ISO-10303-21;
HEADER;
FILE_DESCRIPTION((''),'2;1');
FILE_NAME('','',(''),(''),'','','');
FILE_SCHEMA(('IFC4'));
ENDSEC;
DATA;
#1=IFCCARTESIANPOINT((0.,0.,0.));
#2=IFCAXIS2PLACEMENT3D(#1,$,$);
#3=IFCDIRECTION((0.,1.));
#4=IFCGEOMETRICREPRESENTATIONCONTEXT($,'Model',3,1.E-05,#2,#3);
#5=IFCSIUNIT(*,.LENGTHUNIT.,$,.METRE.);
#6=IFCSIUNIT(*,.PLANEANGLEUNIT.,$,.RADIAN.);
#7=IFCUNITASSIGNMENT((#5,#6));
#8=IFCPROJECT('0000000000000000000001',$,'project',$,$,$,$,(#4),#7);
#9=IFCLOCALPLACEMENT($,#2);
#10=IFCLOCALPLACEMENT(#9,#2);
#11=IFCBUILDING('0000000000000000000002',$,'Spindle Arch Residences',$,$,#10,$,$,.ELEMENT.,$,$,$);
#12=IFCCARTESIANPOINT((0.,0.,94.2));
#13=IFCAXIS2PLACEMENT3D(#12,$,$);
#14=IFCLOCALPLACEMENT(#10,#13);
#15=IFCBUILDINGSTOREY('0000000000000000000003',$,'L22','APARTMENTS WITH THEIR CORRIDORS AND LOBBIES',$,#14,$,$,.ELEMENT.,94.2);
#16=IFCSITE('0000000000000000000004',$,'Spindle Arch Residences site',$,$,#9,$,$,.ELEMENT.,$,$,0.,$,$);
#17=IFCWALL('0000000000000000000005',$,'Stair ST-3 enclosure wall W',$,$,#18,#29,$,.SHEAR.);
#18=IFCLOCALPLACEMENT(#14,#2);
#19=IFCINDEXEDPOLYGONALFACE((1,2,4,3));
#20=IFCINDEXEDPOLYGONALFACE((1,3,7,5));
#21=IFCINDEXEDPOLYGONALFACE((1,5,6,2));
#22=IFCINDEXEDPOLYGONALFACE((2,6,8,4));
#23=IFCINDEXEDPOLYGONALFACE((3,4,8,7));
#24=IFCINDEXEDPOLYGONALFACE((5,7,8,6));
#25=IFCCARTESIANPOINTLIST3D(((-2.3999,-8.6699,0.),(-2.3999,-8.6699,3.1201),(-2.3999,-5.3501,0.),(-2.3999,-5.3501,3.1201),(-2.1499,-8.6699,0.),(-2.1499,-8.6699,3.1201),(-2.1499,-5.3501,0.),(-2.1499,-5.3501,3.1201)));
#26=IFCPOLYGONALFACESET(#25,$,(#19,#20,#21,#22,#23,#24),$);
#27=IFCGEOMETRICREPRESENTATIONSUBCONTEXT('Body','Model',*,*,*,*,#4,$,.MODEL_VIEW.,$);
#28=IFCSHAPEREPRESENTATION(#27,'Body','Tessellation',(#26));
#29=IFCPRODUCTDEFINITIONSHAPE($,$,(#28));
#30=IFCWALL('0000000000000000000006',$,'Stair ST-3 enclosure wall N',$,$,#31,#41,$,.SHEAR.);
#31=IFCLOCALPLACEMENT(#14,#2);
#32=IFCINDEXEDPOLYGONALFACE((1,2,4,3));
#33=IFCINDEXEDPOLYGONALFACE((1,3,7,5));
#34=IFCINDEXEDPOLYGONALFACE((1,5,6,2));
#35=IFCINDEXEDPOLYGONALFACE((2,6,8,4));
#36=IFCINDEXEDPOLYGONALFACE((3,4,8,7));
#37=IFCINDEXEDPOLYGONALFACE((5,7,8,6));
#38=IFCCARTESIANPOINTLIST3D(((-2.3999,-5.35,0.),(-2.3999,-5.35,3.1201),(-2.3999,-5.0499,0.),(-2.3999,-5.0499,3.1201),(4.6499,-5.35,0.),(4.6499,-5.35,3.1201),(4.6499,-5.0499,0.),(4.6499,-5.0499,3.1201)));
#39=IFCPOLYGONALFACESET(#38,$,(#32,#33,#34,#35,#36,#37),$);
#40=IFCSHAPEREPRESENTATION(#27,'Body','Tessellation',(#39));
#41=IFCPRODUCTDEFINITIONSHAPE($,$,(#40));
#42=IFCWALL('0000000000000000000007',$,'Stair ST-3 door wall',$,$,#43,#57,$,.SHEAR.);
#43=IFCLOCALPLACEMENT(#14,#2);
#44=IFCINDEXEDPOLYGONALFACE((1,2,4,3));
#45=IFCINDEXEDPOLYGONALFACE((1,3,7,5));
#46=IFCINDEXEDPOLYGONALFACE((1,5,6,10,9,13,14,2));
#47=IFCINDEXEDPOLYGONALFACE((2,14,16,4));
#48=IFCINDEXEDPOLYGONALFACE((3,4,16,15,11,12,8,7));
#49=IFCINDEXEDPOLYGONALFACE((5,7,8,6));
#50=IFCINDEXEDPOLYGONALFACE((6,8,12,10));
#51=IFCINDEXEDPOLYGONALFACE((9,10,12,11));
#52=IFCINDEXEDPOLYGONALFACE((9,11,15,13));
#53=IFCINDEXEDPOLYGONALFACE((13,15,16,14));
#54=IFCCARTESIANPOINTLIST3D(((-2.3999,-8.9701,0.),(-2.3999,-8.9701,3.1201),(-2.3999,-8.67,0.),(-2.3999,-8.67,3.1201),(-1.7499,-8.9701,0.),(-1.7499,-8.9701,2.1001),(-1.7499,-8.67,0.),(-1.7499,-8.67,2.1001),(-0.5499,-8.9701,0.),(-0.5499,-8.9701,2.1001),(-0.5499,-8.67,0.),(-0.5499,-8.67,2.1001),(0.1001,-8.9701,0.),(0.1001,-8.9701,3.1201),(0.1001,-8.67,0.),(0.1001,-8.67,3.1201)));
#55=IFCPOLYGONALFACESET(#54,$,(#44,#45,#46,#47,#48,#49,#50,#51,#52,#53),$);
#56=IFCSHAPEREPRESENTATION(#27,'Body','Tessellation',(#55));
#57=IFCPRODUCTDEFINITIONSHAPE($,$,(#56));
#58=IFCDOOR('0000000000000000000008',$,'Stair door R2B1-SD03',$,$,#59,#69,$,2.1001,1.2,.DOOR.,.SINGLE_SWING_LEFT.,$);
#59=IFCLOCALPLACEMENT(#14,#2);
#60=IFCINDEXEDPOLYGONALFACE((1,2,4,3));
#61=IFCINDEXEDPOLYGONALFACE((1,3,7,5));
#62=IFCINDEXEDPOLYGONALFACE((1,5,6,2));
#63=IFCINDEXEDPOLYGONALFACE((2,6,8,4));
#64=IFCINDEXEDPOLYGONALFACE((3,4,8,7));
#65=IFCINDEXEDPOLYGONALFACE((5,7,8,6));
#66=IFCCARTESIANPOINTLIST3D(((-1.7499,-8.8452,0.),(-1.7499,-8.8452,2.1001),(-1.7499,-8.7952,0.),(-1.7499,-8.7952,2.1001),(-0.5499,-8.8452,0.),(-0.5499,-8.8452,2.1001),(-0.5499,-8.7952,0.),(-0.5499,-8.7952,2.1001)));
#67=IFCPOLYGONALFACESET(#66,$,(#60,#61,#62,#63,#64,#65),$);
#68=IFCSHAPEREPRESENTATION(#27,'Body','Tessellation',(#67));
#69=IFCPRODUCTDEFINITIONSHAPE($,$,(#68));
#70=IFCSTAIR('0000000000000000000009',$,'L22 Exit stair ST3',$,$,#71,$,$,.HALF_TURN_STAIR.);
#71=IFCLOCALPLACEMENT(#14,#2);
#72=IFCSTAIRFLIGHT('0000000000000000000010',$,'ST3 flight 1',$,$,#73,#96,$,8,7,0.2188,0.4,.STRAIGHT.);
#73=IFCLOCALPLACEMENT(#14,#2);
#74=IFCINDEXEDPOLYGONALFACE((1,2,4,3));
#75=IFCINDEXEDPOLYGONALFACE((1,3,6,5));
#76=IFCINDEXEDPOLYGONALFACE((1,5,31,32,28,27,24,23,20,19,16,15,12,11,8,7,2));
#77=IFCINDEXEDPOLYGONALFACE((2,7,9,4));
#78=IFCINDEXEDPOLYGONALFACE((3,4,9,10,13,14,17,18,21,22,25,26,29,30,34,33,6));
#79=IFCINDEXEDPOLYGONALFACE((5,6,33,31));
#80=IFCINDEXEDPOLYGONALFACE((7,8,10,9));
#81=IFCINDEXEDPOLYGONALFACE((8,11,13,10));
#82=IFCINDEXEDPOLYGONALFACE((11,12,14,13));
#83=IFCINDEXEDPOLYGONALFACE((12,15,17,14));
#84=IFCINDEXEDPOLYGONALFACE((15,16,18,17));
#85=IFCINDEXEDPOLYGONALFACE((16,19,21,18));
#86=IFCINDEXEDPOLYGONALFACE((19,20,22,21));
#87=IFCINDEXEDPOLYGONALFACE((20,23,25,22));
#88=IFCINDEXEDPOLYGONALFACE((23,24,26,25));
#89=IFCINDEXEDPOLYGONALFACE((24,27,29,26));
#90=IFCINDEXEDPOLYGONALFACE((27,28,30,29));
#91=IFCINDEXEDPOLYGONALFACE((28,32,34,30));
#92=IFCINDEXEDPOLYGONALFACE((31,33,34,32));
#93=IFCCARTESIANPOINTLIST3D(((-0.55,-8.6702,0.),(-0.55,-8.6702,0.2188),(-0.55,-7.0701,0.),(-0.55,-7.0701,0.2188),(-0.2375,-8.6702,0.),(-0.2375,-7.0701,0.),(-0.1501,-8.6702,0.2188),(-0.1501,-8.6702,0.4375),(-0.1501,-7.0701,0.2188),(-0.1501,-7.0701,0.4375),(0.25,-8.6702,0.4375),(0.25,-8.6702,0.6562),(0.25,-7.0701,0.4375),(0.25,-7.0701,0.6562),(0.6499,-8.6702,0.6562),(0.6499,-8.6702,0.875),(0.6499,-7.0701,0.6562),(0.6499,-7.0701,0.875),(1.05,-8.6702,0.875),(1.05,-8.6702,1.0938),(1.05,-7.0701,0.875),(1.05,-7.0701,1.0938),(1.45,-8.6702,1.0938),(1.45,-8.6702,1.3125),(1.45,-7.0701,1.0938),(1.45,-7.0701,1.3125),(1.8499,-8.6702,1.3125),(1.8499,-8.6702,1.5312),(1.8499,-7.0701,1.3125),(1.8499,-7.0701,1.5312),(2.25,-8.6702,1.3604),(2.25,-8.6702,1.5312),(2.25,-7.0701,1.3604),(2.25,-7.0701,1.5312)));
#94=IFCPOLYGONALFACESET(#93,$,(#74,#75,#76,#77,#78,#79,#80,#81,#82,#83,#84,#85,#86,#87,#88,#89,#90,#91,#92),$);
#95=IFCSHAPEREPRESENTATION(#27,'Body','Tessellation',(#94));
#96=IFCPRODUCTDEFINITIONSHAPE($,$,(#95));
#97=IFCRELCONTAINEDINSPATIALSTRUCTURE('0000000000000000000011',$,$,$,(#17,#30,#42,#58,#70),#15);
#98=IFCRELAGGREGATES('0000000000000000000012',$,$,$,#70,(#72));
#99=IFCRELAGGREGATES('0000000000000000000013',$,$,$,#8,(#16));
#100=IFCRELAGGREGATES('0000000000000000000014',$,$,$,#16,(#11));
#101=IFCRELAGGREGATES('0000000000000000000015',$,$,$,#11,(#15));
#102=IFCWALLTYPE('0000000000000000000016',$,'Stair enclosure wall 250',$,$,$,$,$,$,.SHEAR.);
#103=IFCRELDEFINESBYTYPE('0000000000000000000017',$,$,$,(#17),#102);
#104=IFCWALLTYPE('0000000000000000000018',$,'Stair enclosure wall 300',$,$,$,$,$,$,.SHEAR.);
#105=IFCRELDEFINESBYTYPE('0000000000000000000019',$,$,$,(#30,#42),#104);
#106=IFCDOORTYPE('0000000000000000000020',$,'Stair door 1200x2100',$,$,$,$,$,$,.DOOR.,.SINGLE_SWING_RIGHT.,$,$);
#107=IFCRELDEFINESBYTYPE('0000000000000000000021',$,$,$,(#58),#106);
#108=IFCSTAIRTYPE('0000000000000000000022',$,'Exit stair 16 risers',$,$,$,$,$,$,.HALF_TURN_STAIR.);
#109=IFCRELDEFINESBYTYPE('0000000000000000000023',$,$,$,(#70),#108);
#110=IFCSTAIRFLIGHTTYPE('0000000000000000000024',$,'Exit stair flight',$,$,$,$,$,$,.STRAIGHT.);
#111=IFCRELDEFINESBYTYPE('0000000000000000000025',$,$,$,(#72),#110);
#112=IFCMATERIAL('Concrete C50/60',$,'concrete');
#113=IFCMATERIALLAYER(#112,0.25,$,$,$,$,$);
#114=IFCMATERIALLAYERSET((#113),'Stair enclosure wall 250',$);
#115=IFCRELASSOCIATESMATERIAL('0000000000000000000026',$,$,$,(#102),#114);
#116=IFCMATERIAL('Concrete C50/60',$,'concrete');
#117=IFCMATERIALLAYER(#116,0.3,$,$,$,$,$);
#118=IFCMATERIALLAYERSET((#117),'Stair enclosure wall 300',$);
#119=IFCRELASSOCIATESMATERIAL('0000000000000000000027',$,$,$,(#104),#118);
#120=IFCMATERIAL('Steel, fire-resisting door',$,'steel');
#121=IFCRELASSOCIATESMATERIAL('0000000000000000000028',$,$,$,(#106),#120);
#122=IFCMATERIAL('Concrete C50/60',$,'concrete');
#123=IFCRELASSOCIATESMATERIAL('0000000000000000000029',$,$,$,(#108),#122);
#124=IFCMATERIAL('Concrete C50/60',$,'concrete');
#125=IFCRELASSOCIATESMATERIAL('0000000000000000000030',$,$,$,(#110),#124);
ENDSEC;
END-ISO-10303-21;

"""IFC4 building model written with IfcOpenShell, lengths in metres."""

from ifc_helpers import new_model, si_unit, direction, frame, frame_2d, origin, place, context, subcontext, project, spatial, polyline, rectangle, outline, extrude, material, layer, layer_set, type_object, element, fill, aggregate, save


model = new_model("IFC4")

# Units and contexts
model_context = context("Model", 3, precision=1e-05, world=origin(), true_north=direction((0.0, 1.0)))
body_context = subcontext(model_context, "Body", "Model", "MODEL_VIEW")
ifc_project = project(units=[si_unit("LENGTHUNIT", "METRE"), si_unit("PLANEANGLEUNIT", "RADIAN")], contexts=[model_context])

# Site, building, storey
site_placement = place(None, origin())
site = spatial("IfcSite", under=ifc_project, at=site_placement, Name="Spindle Arch Residences site", CompositionType="ELEMENT", RefElevation=0.0)
building_placement = place(site_placement, origin())
building = spatial("IfcBuilding", under=site, at=building_placement, Name="Spindle Arch Residences", CompositionType="ELEMENT")
storey_placement = place(building_placement, frame((0.0, 0.0, 94.2)))
storey = spatial("IfcBuildingStorey", under=building, at=storey_placement, Name="L22", Description="APARTMENTS WITH THEIR CORRIDORS AND LOBBIES", CompositionType="ELEMENT", Elevation=94.2)

# Walls
ifc_material_1 = material(Name="Concrete C50/60", Category="concrete")
ifc_layer_1 = layer(ifc_material_1, 0.25)
ifc_layer_set_1 = layer_set([ifc_layer_1], Name="Stair enclosure wall 250")
wall_type_1 = type_object("IfcWallType", Name="Stair enclosure wall 250", PredefinedType="SHEAR", material=ifc_layer_set_1)
wall_1_placement = place(storey_placement, frame((-2.2749, -8.6699, 0.0), z_axis=(0.0, 0.0, 1.0), x_axis=(0.0, 1.0, 0.0)))
element("IfcWall", 1, at=wall_1_placement, inside=storey, type_object=wall_type_1, Name="Stair ST-3 enclosure wall W", PredefinedType="SHEAR", context=body_context, shape_type="SweptSolid", body=[
    extrude(rectangle(XDim=3.3198, YDim=0.25, at=frame_2d((1.6599, 0.0))), origin(), (0.0, 0.0, 1.0), 3.1201),
])
ifc_material_2 = material(Name="Concrete C50/60", Category="concrete")
ifc_layer_2 = layer(ifc_material_2, 0.3)
ifc_layer_set_2 = layer_set([ifc_layer_2], Name="Stair enclosure wall 300")
wall_type_2 = type_object("IfcWallType", Name="Stair enclosure wall 300", PredefinedType="SHEAR", material=ifc_layer_set_2)
wall_2_placement = place(storey_placement, frame((-2.3999, -5.2, 0.0), z_axis=(0.0, 0.0, 1.0), x_axis=(1.0, 0.0, 0.0)))
element("IfcWall", 2, at=wall_2_placement, inside=storey, type_object=wall_type_2, Name="Stair ST-3 enclosure wall N", PredefinedType="SHEAR", context=body_context, shape_type="SweptSolid", body=[
    extrude(rectangle(XDim=7.0498, YDim=0.3, at=frame_2d((3.5249, 0.0))), origin(), (0.0, 0.0, 1.0), 3.1201),
])

# Wall, opening, door
wall_3_placement = place(storey_placement, frame((-2.3999, -8.8201, 0.0), z_axis=(0.0, 0.0, 1.0), x_axis=(1.0, 0.0, 0.0)))
wall_3 = element("IfcWall", 3, at=wall_3_placement, inside=storey, type_object=wall_type_2, Name="Stair ST-3 door wall", PredefinedType="SHEAR", context=body_context, shape_type="SweptSolid", body=[
    extrude(rectangle(XDim=2.5, YDim=0.3, at=frame_2d((1.25, 0.0))), origin(), (0.0, 0.0, 1.0), 3.1201),
])
opening_1_placement = place(wall_3_placement, frame((0.6499, 0.0, 0.0)))
opening_1 = element("IfcOpeningElement", 4, at=opening_1_placement, cuts=wall_3, PredefinedType="OPENING", context=body_context, shape_type="SweptSolid", body=[
    extrude(rectangle(XDim=1.2, YDim=2.1001, at=frame_2d((0.6001, 1.05))), frame((0.0, 0.1602, 0.0), z_axis=(0.0, -1.0, 0.0), x_axis=(1.0, 0.0, 0.0)), (0.0, 0.0, 1.0), 0.3201),
])
ifc_material_3 = material(Name="Steel, fire-resisting door", Category="steel")
door_type_1 = type_object("IfcDoorType", Name="Stair door 1200x2100", OperationType="SINGLE_SWING_RIGHT", PredefinedType="DOOR", material=ifc_material_3)
door_1_placement = place(opening_1_placement, origin())
door_1 = element("IfcDoor", 5, at=door_1_placement, inside=storey, type_object=door_type_1, Name="Stair door R2B1-SD03", OperationType="SINGLE_SWING_LEFT", OverallHeight=2.1001, OverallWidth=1.2, PredefinedType="DOOR", context=body_context, shape_type="SweptSolid", body=[
    extrude(rectangle(XDim=1.2, YDim=2.1001, at=frame_2d((0.6001, 1.05))), frame((0.0, 0.0249, 0.0), z_axis=(0.0, -1.0, 0.0), x_axis=(1.0, 0.0, 0.0)), (0.0, 0.0, 1.0), 0.05),
])
fill(opening_1, door_1)

# Stair, stair flight
ifc_material_4 = material(Name="Concrete C50/60", Category="concrete")
stair_type = type_object("IfcStairType", Name="Exit stair 16 risers", PredefinedType="HALF_TURN_STAIR", material=ifc_material_4)
stair_placement = place(storey_placement, origin())
stair = element("IfcStair", 6, at=stair_placement, inside=storey, type_object=stair_type, Name="L22 Exit stair ST3", PredefinedType="HALF_TURN_STAIR")
ifc_material_5 = material(Name="Concrete C50/60", Category="concrete")
stair_flight_type = type_object("IfcStairFlightType", Name="Exit stair flight", PredefinedType="STRAIGHT", material=ifc_material_5)
stair_flight_placement = place(storey_placement, frame((-0.55, -7.8701, 0.0), z_axis=(0.0, 0.0, 1.0), x_axis=(1.0, 0.0, 0.0)))
stair_flight = element("IfcStairFlight", 7, at=stair_flight_placement, type_object=stair_flight_type, Name="ST3 flight 1", NumberOfRisers=8, NumberOfTreads=7, PredefinedType="STRAIGHT", RiserHeight=0.2188, TreadLength=0.4, context=body_context, shape_type="SweptSolid", body=[
    extrude(outline(polyline([(0.0, 0.0), (0.0, 0.2188), (0.3999, 0.2188), (0.3999, 0.4375), (0.8, 0.4375), (0.8, 0.6562), (1.2, 0.6562), (1.2, 0.875), (1.6001, 0.875), (1.6001, 1.0938), (2.0, 1.0938), (2.0, 1.3125), (2.3999, 1.3125), (2.3999, 1.5312), (2.8, 1.5312), (2.8, 1.75), (2.8, 1.3604), (0.3125, 0.0), (0.0, 0.0)])), frame((0.0, 0.8, 0.0), z_axis=(0.0, -1.0, 0.0), x_axis=(1.0, 0.0, 0.0)), (0.0, 0.0, 1.0), 1.6001),
])
aggregate(stair, [stair_flight])

save(model, "model.ifc")
